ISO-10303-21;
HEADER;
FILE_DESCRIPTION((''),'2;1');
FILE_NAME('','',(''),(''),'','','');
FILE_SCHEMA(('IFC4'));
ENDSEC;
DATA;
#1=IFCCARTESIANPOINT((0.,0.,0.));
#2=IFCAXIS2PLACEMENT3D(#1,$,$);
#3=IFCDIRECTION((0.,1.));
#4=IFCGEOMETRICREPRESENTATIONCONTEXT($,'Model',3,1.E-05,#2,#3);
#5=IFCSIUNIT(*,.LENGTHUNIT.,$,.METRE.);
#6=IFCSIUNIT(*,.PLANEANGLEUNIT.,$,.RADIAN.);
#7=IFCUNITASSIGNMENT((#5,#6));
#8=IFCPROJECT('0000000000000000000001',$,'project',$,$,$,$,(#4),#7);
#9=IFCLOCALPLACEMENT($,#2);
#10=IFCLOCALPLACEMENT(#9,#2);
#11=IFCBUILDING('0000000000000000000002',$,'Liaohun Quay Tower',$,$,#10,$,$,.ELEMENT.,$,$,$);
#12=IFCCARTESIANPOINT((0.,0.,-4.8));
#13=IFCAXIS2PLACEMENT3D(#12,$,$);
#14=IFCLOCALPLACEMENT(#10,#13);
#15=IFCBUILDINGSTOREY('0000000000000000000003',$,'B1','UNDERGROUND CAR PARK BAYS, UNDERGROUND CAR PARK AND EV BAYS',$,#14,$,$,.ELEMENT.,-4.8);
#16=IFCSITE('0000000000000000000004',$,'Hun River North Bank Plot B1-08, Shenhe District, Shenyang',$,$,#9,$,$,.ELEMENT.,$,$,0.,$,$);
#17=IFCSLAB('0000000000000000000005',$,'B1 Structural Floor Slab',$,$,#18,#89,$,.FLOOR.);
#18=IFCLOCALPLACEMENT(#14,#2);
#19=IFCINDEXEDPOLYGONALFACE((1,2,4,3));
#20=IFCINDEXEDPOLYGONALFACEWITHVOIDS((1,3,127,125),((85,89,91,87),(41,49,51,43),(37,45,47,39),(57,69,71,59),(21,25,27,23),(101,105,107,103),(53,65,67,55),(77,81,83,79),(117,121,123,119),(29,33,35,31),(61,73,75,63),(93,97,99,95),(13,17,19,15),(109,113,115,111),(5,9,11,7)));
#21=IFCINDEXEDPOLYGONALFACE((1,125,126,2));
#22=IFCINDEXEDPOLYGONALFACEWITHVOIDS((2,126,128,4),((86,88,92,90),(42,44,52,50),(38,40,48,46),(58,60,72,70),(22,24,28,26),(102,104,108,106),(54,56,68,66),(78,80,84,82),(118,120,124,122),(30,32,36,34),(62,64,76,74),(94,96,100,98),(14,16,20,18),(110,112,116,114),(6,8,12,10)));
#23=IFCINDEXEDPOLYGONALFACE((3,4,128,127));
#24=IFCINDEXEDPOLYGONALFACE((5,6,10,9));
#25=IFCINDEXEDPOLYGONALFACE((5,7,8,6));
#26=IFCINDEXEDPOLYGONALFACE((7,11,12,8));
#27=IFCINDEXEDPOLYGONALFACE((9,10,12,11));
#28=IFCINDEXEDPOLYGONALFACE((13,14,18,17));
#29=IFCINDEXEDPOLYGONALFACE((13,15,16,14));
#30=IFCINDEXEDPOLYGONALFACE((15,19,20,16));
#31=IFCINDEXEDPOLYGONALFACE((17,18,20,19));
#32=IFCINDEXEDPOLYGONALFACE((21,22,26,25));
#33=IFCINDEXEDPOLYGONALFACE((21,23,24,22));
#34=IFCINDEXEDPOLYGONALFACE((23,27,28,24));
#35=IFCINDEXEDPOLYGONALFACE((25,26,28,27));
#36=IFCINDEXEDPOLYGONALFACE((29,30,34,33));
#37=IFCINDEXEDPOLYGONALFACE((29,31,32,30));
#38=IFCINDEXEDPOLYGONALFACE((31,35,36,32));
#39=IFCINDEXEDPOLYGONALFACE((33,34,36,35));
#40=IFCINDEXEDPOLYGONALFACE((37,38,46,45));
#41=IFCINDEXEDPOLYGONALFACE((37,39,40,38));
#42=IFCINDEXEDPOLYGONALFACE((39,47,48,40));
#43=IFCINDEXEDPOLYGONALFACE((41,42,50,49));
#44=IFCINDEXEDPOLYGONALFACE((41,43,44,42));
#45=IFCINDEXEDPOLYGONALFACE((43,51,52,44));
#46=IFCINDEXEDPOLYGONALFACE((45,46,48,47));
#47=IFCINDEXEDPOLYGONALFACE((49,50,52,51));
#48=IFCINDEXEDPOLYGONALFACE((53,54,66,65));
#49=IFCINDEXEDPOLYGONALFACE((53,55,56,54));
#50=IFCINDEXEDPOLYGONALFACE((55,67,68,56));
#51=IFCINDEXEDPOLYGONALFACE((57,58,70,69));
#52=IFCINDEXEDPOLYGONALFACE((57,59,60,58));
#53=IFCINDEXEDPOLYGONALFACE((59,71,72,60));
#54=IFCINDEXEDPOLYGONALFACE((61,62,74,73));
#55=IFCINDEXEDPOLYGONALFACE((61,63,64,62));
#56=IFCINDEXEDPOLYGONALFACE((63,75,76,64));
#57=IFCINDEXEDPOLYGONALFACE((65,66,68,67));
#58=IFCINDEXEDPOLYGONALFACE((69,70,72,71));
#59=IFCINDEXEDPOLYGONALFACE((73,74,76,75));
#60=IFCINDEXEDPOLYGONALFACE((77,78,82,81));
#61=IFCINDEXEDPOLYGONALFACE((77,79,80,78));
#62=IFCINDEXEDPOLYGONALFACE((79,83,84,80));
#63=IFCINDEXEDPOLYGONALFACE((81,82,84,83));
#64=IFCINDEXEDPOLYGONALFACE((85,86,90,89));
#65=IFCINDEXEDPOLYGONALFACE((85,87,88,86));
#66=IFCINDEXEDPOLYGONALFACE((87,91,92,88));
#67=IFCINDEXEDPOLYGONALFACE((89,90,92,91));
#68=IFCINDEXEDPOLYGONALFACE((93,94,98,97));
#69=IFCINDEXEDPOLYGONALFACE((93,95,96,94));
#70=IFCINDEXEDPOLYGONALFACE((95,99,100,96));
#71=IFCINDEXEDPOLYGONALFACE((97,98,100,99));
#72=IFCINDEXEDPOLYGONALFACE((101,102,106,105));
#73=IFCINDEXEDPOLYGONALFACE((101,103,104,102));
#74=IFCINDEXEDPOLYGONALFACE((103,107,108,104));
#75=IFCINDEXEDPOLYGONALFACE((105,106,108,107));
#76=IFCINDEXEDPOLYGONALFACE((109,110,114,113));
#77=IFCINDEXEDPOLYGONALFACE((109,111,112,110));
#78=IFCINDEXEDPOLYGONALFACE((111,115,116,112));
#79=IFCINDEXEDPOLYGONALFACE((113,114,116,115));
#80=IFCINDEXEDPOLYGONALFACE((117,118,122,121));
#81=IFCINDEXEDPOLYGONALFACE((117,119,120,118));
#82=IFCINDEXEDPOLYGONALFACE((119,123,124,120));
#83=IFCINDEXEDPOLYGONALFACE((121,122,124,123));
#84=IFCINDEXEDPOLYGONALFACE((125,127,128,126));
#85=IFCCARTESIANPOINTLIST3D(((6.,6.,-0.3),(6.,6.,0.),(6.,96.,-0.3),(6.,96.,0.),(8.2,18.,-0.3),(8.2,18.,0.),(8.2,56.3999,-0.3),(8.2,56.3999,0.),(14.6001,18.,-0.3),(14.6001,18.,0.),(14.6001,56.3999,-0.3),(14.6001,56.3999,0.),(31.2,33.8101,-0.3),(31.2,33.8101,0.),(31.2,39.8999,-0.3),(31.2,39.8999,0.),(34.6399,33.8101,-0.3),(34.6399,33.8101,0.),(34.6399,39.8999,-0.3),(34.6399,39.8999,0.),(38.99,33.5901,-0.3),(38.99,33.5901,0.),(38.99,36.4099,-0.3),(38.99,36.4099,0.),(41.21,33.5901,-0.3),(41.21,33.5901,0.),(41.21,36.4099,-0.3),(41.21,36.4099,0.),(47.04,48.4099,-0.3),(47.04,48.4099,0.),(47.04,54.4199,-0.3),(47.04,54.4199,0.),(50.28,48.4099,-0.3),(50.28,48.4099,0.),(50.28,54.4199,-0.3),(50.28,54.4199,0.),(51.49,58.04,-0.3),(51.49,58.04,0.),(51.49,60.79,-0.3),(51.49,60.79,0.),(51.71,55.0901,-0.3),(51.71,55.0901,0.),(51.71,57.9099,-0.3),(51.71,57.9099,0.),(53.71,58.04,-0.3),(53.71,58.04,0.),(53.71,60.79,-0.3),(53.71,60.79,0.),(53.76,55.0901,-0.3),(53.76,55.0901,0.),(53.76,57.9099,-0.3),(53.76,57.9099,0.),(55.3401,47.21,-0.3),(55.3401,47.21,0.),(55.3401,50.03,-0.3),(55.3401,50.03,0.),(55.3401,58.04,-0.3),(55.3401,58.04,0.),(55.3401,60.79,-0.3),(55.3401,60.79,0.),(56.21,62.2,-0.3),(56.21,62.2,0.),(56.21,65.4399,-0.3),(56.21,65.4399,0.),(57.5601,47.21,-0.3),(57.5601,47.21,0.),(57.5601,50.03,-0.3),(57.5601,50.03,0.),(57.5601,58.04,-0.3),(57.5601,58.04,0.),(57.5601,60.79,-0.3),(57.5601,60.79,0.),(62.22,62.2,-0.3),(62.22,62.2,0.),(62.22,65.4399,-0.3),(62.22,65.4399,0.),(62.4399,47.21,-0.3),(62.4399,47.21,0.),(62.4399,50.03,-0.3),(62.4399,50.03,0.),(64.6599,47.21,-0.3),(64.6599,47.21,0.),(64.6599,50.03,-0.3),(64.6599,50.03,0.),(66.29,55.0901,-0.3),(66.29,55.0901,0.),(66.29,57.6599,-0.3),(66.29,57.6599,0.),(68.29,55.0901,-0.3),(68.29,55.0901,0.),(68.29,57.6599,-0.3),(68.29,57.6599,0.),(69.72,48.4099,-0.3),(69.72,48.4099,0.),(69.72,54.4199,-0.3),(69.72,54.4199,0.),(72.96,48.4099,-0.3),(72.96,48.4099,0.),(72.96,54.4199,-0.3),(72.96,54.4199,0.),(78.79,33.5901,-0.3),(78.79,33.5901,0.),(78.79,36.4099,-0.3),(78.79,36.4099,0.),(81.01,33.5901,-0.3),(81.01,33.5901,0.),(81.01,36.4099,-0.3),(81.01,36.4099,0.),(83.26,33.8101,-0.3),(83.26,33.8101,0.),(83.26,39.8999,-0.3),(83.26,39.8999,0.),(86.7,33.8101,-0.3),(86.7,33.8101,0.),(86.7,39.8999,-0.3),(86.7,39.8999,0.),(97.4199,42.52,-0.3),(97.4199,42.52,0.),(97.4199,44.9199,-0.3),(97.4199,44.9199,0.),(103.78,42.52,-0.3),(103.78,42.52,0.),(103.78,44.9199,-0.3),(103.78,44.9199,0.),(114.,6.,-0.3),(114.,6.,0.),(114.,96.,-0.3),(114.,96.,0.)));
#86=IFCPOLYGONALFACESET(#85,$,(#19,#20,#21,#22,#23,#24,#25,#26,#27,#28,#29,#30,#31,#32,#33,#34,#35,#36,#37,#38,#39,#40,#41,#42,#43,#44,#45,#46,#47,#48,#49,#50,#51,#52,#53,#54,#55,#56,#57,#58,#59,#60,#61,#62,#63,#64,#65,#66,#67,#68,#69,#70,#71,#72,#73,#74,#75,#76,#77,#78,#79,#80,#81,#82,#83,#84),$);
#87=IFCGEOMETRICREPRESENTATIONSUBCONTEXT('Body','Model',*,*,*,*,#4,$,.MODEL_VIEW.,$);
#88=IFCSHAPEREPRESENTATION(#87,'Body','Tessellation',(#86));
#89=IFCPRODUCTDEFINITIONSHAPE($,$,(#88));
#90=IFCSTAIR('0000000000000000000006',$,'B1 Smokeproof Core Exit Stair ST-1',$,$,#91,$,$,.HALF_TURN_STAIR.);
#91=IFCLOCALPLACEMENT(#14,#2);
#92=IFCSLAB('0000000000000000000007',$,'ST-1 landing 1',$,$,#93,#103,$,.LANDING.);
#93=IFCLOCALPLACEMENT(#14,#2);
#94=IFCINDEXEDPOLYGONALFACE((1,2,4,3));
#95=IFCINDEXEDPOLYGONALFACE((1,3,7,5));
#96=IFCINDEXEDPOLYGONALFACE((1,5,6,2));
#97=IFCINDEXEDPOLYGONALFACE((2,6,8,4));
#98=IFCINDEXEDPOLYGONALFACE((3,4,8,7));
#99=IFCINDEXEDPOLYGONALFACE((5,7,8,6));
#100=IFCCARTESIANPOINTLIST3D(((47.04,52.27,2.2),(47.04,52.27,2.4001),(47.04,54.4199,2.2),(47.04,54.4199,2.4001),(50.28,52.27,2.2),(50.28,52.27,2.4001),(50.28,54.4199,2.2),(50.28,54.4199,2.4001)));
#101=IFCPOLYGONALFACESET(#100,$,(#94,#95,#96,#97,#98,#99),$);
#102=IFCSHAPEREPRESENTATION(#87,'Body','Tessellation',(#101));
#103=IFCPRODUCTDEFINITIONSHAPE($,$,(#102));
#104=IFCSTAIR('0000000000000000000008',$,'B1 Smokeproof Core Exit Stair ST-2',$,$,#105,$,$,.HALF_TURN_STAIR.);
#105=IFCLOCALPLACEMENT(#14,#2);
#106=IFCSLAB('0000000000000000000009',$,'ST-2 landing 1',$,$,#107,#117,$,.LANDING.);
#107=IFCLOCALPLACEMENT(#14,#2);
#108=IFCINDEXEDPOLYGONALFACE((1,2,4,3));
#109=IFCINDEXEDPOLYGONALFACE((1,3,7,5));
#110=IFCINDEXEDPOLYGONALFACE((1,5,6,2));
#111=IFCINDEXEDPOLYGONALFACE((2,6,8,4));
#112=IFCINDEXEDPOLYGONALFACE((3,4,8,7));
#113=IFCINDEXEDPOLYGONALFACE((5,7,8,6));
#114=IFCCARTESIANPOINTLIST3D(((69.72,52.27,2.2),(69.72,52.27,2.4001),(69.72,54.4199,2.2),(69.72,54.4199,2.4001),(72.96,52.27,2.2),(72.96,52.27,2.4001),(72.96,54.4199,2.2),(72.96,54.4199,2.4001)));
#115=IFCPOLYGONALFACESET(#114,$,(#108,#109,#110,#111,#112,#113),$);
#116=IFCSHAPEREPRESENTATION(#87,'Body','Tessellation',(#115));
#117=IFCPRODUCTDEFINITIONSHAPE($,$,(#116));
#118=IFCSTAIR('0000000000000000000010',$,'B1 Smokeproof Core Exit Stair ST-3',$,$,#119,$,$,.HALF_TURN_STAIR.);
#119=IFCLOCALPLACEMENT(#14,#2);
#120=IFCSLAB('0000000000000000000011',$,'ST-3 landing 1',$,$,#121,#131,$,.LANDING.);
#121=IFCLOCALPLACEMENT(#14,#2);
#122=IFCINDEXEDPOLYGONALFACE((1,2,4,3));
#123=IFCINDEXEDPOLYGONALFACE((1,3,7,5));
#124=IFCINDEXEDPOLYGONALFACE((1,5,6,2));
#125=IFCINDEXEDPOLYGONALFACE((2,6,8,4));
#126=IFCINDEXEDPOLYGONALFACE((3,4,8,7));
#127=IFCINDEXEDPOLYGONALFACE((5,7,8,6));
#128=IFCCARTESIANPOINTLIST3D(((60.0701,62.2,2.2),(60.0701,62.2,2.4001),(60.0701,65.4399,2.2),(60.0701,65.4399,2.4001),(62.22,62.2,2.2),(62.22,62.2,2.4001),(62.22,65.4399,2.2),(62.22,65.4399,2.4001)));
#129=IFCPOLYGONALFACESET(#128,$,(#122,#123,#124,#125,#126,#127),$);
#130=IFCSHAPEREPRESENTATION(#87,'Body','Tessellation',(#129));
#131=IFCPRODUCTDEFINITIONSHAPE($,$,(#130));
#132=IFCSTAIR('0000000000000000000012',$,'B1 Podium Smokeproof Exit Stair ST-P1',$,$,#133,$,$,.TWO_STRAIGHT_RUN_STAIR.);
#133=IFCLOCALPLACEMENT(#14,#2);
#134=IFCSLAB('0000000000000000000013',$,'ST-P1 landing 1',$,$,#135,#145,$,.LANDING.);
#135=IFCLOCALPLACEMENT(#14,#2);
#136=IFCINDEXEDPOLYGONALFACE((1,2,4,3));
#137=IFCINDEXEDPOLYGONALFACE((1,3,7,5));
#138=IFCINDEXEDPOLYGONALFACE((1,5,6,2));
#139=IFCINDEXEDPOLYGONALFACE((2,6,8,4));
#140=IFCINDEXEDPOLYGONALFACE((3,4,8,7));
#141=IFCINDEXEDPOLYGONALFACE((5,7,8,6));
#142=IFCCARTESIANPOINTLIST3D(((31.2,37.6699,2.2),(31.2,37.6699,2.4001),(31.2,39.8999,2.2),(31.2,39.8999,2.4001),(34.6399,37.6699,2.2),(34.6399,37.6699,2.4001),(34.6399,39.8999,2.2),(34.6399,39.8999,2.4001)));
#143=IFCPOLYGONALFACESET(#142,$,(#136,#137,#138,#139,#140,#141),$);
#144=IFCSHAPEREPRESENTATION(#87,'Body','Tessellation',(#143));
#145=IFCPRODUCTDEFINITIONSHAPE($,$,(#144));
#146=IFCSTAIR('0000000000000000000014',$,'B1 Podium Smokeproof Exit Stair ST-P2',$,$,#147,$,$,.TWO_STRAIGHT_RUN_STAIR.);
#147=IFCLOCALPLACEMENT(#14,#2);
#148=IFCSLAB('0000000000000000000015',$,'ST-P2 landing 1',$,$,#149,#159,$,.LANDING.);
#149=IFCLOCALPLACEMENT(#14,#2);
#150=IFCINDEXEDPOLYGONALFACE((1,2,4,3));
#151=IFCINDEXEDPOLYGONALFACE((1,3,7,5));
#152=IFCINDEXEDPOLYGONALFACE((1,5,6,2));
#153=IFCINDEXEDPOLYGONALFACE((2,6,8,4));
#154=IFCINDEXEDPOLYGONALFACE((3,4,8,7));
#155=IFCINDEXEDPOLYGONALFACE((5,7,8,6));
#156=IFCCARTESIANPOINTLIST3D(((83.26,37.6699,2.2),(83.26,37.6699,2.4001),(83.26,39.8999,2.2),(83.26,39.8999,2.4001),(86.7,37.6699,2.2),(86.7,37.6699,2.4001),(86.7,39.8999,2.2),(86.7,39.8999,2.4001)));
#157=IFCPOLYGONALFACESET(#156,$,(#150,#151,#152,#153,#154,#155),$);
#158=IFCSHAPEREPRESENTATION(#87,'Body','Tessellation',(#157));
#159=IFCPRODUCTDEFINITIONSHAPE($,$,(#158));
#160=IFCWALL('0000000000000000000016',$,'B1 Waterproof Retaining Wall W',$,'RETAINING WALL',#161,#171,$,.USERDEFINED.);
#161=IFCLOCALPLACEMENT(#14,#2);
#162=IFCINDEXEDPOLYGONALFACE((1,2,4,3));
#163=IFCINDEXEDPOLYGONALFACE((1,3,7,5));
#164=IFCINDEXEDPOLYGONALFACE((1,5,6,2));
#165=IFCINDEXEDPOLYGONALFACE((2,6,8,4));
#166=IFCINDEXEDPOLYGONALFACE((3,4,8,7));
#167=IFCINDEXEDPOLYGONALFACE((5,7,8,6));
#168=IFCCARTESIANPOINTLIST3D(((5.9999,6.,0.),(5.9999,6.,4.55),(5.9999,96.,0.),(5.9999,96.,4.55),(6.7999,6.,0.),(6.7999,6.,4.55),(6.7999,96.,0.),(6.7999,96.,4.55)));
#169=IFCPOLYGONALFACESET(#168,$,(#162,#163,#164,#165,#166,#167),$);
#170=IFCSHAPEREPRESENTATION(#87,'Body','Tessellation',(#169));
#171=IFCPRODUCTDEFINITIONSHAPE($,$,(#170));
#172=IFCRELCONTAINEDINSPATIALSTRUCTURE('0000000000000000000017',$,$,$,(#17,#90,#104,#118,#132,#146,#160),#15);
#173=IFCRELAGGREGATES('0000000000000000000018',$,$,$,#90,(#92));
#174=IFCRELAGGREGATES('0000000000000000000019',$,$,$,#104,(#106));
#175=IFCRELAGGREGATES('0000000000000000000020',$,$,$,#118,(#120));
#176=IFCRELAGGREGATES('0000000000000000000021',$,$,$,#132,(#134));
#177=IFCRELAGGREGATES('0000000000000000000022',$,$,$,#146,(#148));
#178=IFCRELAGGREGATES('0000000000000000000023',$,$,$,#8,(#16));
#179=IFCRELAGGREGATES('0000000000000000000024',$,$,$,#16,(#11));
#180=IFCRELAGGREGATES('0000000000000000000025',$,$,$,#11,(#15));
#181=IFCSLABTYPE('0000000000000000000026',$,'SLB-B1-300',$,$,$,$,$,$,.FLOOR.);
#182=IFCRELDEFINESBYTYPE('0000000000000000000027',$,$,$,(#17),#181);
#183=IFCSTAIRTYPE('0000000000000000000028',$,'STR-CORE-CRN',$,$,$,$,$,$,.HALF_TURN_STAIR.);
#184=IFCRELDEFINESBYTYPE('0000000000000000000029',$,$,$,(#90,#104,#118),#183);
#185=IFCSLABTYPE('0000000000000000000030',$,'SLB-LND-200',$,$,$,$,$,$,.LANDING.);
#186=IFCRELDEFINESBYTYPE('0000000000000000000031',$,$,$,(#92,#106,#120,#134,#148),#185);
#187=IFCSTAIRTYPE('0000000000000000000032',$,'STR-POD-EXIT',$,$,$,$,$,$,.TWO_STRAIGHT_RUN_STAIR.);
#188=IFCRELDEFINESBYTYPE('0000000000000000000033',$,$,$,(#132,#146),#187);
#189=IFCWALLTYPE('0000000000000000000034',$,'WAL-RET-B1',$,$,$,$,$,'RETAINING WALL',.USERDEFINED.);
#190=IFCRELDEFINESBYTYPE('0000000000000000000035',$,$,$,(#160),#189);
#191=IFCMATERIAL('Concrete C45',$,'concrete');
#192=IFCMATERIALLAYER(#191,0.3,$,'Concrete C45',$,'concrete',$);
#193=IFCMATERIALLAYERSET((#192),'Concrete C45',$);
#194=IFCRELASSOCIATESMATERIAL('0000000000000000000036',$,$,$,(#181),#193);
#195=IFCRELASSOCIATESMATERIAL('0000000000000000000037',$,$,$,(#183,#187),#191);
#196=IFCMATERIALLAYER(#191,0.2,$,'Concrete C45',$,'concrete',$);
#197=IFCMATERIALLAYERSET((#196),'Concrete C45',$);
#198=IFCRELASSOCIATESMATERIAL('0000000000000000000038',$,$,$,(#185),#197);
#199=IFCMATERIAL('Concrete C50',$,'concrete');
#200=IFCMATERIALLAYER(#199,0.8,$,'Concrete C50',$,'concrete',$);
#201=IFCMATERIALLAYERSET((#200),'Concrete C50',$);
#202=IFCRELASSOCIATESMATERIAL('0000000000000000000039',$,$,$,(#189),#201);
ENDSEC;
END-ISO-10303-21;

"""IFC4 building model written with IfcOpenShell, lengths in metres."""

from ifc_helpers import new_model, si_unit, direction, frame, frame_2d, origin, place, context, subcontext, project, spatial, polyline, rectangle, outline, extrude, material, layer, layer_set, type_object, element, aggregate, save


model = new_model("IFC4")

# Units and contexts
model_context = context("Model", 3, precision=1e-05, world=origin(), true_north=direction((0.0, 1.0)))
body_context = subcontext(model_context, "Body", "Model", "MODEL_VIEW")
ifc_project = project(units=[si_unit("LENGTHUNIT", "METRE"), si_unit("PLANEANGLEUNIT", "RADIAN")], contexts=[model_context])

# Site, building, storey
site_placement = place(None, origin())
site = spatial("IfcSite", under=ifc_project, at=site_placement, Name="Hun River North Bank Plot B1-08, Shenhe District, Shenyang", CompositionType="ELEMENT", RefElevation=0.0)
building_placement = place(site_placement, origin())
building = spatial("IfcBuilding", under=site, at=building_placement, Name="Liaohun Quay Tower", CompositionType="ELEMENT")
storey_placement = place(building_placement, frame((0.0, 0.0, -4.8)))
storey = spatial("IfcBuildingStorey", under=building, at=storey_placement, Name="B1", Description="UNDERGROUND CAR PARK BAYS, UNDERGROUND CAR PARK AND EV BAYS", CompositionType="ELEMENT", Elevation=-4.8)

# Slab
ifc_material_1 = material(Name="Concrete C45", Category="concrete")
ifc_layer_1 = layer(ifc_material_1, 0.3, Name="Concrete C45", Category="concrete")
ifc_layer_set_1 = layer_set([ifc_layer_1], Name="Concrete C45")
slab_type_1 = type_object("IfcSlabType", Name="SLB-B1-300", PredefinedType="FLOOR", material=ifc_layer_set_1)
slab_1_placement = place(storey_placement, frame((0.0, 0.0, -0.3)))
element("IfcSlab", 1, at=slab_1_placement, inside=storey, type_object=slab_type_1, Name="B1 Structural Floor Slab", PredefinedType="FLOOR", context=body_context, shape_type="SweptSolid", body=[
    extrude(outline(polyline([(6.0, 6.0), (114.0, 6.0), (114.0, 96.0), (6.0, 96.0), (6.0, 6.0)]), holes=[polyline([(41.21, 36.4099), (38.99, 36.4099), (38.99, 33.5901), (41.21, 33.5901), (41.21, 36.4099)]), polyline([(34.6399, 39.8999), (31.2, 39.8999), (31.2, 33.8101), (34.6399, 33.8101), (34.6399, 39.8999)]), polyline([(14.6001, 18.0), (14.6001, 56.3999), (8.2, 56.3999), (8.2, 18.0), (14.6001, 18.0)]), polyline([(57.5601, 47.21), (57.5601, 50.03), (55.3401, 50.03), (55.3401, 47.21), (57.5601, 47.21)]), polyline([(50.28, 54.4199), (47.04, 54.4199), (47.04, 48.4099), (50.28, 48.4099), (50.28, 54.4199)]), polyline([(53.76, 55.0901), (53.76, 57.9099), (51.71, 57.9099), (51.71, 55.0901), (53.76, 55.0901)]), polyline([(53.71, 58.04), (53.71, 60.79), (51.49, 60.79), (51.49, 58.04), (53.71, 58.04)]), polyline([(57.5601, 58.04), (57.5601, 60.79), (55.3401, 60.79), (55.3401, 58.04), (57.5601, 58.04)]), polyline([(81.01, 33.5901), (81.01, 36.4099), (78.79, 36.4099), (78.79, 33.5901), (81.01, 33.5901)]), polyline([(86.7, 39.8999), (83.26, 39.8999), (83.26, 33.8101), (86.7, 33.8101), (86.7, 39.8999)]), polyline([(103.78, 42.52), (103.78, 44.9199), (97.4199, 44.9199), (97.4199, 42.52), (103.78, 42.52)]), polyline([(64.6599, 47.21), (64.6599, 50.03), (62.4399, 50.03), (62.4399, 47.21), (64.6599, 47.21)]), polyline([(72.96, 54.4199), (69.72, 54.4199), (69.72, 48.4099), (72.96, 48.4099), (72.96, 54.4199)]), polyline([(68.29, 55.0901), (68.29, 57.6599), (66.29, 57.6599), (66.29, 55.0901), (68.29, 55.0901)]), polyline([(62.22, 62.2), (62.22, 65.4399), (56.21, 65.4399), (56.21, 62.2), (62.22, 62.2)])]), origin(), (0.0, 0.0, 1.0), 0.3),
])

# Stairs, slabs
stair_type_1 = type_object("IfcStairType", Name="STR-CORE-CRN", PredefinedType="HALF_TURN_STAIR", material=ifc_material_1)
stair_1_placement = place(storey_placement, origin())
stair_1 = element("IfcStair", 2, at=stair_1_placement, inside=storey, type_object=stair_type_1, Name="B1 Smokeproof Core Exit Stair ST-1", PredefinedType="HALF_TURN_STAIR")
ifc_layer_2 = layer(ifc_material_1, 0.2, Name="Concrete C45", Category="concrete")
ifc_layer_set_2 = layer_set([ifc_layer_2], Name="Concrete C45")
slab_type_2 = type_object("IfcSlabType", Name="SLB-LND-200", PredefinedType="LANDING", material=ifc_layer_set_2)
slab_2_placement = place(storey_placement, frame((0.0, 0.0, 2.2)))
slab_2 = element("IfcSlab", 3, at=slab_2_placement, type_object=slab_type_2, Name="ST-1 landing 1", PredefinedType="LANDING", context=body_context, shape_type="SweptSolid", body=[
    extrude(outline(polyline([(50.28, 52.27), (50.28, 54.4199), (47.04, 54.4199), (47.04, 52.27), (50.28, 52.27)])), origin(), (0.0, 0.0, 1.0), 0.2002),
])
aggregate(stair_1, [slab_2])
stair_2_placement = place(storey_placement, origin())
stair_2 = element("IfcStair", 4, at=stair_2_placement, inside=storey, type_object=stair_type_1, Name="B1 Smokeproof Core Exit Stair ST-2", PredefinedType="HALF_TURN_STAIR")
slab_3_placement = place(storey_placement, frame((0.0, 0.0, 2.2)))
slab_3 = element("IfcSlab", 5, at=slab_3_placement, type_object=slab_type_2, Name="ST-2 landing 1", PredefinedType="LANDING", context=body_context, shape_type="SweptSolid", body=[
    extrude(outline(polyline([(72.96, 52.27), (72.96, 54.4199), (69.72, 54.4199), (69.72, 52.27), (72.96, 52.27)])), origin(), (0.0, 0.0, 1.0), 0.2002),
])
aggregate(stair_2, [slab_3])
stair_3_placement = place(storey_placement, origin())
stair_3 = element("IfcStair", 6, at=stair_3_placement, inside=storey, type_object=stair_type_1, Name="B1 Smokeproof Core Exit Stair ST-3", PredefinedType="HALF_TURN_STAIR")
slab_4_placement = place(storey_placement, frame((0.0, 0.0, 2.2)))
slab_4 = element("IfcSlab", 7, at=slab_4_placement, type_object=slab_type_2, Name="ST-3 landing 1", PredefinedType="LANDING", context=body_context, shape_type="SweptSolid", body=[
    extrude(outline(polyline([(60.0701, 62.2), (62.22, 62.2), (62.22, 65.4399), (60.0701, 65.4399), (60.0701, 62.2)])), origin(), (0.0, 0.0, 1.0), 0.2002),
])
aggregate(stair_3, [slab_4])
stair_type_2 = type_object("IfcStairType", Name="STR-POD-EXIT", PredefinedType="TWO_STRAIGHT_RUN_STAIR", material=ifc_material_1)
stair_4_placement = place(storey_placement, origin())
stair_4 = element("IfcStair", 8, at=stair_4_placement, inside=storey, type_object=stair_type_2, Name="B1 Podium Smokeproof Exit Stair ST-P1", PredefinedType="TWO_STRAIGHT_RUN_STAIR")
slab_5_placement = place(storey_placement, frame((0.0, 0.0, 2.2)))
slab_5 = element("IfcSlab", 9, at=slab_5_placement, type_object=slab_type_2, Name="ST-P1 landing 1", PredefinedType="LANDING", context=body_context, shape_type="SweptSolid", body=[
    extrude(outline(polyline([(34.6399, 37.6699), (34.6399, 39.8999), (31.2, 39.8999), (31.2, 37.6699), (34.6399, 37.6699)])), origin(), (0.0, 0.0, 1.0), 0.2002),
])
aggregate(stair_4, [slab_5])
stair_5_placement = place(storey_placement, origin())
stair_5 = element("IfcStair", 10, at=stair_5_placement, inside=storey, type_object=stair_type_2, Name="B1 Podium Smokeproof Exit Stair ST-P2", PredefinedType="TWO_STRAIGHT_RUN_STAIR")
slab_6_placement = place(storey_placement, frame((0.0, 0.0, 2.2)))
slab_6 = element("IfcSlab", 11, at=slab_6_placement, type_object=slab_type_2, Name="ST-P2 landing 1", PredefinedType="LANDING", context=body_context, shape_type="SweptSolid", body=[
    extrude(outline(polyline([(86.7, 37.6699), (86.7, 39.8999), (83.26, 39.8999), (83.26, 37.6699), (86.7, 37.6699)])), origin(), (0.0, 0.0, 1.0), 0.2002),
])
aggregate(stair_5, [slab_6])

# Wall
ifc_material_2 = material(Name="Concrete C50", Category="concrete")
ifc_layer_3 = layer(ifc_material_2, 0.8, Name="Concrete C50", Category="concrete")
ifc_layer_set_3 = layer_set([ifc_layer_3], Name="Concrete C50")
wall_type = type_object("IfcWallType", Name="WAL-RET-B1", ElementType="RETAINING WALL", PredefinedType="USERDEFINED", material=ifc_layer_set_3)
wall_placement = place(storey_placement, frame((6.3999, 6.0, 0.0), z_axis=(0.0, 0.0, 1.0), x_axis=(0.0, 1.0, 0.0)))
element("IfcWall", 12, at=wall_placement, inside=storey, type_object=wall_type, Name="B1 Waterproof Retaining Wall W", ObjectType="RETAINING WALL", PredefinedType="USERDEFINED", context=body_context, shape_type="SweptSolid", body=[
    extrude(rectangle(XDim=90.0, YDim=0.8, at=frame_2d((45.0, 0.0))), origin(), (0.0, 0.0, 1.0), 4.55),
])

save(model, "model.ifc")
